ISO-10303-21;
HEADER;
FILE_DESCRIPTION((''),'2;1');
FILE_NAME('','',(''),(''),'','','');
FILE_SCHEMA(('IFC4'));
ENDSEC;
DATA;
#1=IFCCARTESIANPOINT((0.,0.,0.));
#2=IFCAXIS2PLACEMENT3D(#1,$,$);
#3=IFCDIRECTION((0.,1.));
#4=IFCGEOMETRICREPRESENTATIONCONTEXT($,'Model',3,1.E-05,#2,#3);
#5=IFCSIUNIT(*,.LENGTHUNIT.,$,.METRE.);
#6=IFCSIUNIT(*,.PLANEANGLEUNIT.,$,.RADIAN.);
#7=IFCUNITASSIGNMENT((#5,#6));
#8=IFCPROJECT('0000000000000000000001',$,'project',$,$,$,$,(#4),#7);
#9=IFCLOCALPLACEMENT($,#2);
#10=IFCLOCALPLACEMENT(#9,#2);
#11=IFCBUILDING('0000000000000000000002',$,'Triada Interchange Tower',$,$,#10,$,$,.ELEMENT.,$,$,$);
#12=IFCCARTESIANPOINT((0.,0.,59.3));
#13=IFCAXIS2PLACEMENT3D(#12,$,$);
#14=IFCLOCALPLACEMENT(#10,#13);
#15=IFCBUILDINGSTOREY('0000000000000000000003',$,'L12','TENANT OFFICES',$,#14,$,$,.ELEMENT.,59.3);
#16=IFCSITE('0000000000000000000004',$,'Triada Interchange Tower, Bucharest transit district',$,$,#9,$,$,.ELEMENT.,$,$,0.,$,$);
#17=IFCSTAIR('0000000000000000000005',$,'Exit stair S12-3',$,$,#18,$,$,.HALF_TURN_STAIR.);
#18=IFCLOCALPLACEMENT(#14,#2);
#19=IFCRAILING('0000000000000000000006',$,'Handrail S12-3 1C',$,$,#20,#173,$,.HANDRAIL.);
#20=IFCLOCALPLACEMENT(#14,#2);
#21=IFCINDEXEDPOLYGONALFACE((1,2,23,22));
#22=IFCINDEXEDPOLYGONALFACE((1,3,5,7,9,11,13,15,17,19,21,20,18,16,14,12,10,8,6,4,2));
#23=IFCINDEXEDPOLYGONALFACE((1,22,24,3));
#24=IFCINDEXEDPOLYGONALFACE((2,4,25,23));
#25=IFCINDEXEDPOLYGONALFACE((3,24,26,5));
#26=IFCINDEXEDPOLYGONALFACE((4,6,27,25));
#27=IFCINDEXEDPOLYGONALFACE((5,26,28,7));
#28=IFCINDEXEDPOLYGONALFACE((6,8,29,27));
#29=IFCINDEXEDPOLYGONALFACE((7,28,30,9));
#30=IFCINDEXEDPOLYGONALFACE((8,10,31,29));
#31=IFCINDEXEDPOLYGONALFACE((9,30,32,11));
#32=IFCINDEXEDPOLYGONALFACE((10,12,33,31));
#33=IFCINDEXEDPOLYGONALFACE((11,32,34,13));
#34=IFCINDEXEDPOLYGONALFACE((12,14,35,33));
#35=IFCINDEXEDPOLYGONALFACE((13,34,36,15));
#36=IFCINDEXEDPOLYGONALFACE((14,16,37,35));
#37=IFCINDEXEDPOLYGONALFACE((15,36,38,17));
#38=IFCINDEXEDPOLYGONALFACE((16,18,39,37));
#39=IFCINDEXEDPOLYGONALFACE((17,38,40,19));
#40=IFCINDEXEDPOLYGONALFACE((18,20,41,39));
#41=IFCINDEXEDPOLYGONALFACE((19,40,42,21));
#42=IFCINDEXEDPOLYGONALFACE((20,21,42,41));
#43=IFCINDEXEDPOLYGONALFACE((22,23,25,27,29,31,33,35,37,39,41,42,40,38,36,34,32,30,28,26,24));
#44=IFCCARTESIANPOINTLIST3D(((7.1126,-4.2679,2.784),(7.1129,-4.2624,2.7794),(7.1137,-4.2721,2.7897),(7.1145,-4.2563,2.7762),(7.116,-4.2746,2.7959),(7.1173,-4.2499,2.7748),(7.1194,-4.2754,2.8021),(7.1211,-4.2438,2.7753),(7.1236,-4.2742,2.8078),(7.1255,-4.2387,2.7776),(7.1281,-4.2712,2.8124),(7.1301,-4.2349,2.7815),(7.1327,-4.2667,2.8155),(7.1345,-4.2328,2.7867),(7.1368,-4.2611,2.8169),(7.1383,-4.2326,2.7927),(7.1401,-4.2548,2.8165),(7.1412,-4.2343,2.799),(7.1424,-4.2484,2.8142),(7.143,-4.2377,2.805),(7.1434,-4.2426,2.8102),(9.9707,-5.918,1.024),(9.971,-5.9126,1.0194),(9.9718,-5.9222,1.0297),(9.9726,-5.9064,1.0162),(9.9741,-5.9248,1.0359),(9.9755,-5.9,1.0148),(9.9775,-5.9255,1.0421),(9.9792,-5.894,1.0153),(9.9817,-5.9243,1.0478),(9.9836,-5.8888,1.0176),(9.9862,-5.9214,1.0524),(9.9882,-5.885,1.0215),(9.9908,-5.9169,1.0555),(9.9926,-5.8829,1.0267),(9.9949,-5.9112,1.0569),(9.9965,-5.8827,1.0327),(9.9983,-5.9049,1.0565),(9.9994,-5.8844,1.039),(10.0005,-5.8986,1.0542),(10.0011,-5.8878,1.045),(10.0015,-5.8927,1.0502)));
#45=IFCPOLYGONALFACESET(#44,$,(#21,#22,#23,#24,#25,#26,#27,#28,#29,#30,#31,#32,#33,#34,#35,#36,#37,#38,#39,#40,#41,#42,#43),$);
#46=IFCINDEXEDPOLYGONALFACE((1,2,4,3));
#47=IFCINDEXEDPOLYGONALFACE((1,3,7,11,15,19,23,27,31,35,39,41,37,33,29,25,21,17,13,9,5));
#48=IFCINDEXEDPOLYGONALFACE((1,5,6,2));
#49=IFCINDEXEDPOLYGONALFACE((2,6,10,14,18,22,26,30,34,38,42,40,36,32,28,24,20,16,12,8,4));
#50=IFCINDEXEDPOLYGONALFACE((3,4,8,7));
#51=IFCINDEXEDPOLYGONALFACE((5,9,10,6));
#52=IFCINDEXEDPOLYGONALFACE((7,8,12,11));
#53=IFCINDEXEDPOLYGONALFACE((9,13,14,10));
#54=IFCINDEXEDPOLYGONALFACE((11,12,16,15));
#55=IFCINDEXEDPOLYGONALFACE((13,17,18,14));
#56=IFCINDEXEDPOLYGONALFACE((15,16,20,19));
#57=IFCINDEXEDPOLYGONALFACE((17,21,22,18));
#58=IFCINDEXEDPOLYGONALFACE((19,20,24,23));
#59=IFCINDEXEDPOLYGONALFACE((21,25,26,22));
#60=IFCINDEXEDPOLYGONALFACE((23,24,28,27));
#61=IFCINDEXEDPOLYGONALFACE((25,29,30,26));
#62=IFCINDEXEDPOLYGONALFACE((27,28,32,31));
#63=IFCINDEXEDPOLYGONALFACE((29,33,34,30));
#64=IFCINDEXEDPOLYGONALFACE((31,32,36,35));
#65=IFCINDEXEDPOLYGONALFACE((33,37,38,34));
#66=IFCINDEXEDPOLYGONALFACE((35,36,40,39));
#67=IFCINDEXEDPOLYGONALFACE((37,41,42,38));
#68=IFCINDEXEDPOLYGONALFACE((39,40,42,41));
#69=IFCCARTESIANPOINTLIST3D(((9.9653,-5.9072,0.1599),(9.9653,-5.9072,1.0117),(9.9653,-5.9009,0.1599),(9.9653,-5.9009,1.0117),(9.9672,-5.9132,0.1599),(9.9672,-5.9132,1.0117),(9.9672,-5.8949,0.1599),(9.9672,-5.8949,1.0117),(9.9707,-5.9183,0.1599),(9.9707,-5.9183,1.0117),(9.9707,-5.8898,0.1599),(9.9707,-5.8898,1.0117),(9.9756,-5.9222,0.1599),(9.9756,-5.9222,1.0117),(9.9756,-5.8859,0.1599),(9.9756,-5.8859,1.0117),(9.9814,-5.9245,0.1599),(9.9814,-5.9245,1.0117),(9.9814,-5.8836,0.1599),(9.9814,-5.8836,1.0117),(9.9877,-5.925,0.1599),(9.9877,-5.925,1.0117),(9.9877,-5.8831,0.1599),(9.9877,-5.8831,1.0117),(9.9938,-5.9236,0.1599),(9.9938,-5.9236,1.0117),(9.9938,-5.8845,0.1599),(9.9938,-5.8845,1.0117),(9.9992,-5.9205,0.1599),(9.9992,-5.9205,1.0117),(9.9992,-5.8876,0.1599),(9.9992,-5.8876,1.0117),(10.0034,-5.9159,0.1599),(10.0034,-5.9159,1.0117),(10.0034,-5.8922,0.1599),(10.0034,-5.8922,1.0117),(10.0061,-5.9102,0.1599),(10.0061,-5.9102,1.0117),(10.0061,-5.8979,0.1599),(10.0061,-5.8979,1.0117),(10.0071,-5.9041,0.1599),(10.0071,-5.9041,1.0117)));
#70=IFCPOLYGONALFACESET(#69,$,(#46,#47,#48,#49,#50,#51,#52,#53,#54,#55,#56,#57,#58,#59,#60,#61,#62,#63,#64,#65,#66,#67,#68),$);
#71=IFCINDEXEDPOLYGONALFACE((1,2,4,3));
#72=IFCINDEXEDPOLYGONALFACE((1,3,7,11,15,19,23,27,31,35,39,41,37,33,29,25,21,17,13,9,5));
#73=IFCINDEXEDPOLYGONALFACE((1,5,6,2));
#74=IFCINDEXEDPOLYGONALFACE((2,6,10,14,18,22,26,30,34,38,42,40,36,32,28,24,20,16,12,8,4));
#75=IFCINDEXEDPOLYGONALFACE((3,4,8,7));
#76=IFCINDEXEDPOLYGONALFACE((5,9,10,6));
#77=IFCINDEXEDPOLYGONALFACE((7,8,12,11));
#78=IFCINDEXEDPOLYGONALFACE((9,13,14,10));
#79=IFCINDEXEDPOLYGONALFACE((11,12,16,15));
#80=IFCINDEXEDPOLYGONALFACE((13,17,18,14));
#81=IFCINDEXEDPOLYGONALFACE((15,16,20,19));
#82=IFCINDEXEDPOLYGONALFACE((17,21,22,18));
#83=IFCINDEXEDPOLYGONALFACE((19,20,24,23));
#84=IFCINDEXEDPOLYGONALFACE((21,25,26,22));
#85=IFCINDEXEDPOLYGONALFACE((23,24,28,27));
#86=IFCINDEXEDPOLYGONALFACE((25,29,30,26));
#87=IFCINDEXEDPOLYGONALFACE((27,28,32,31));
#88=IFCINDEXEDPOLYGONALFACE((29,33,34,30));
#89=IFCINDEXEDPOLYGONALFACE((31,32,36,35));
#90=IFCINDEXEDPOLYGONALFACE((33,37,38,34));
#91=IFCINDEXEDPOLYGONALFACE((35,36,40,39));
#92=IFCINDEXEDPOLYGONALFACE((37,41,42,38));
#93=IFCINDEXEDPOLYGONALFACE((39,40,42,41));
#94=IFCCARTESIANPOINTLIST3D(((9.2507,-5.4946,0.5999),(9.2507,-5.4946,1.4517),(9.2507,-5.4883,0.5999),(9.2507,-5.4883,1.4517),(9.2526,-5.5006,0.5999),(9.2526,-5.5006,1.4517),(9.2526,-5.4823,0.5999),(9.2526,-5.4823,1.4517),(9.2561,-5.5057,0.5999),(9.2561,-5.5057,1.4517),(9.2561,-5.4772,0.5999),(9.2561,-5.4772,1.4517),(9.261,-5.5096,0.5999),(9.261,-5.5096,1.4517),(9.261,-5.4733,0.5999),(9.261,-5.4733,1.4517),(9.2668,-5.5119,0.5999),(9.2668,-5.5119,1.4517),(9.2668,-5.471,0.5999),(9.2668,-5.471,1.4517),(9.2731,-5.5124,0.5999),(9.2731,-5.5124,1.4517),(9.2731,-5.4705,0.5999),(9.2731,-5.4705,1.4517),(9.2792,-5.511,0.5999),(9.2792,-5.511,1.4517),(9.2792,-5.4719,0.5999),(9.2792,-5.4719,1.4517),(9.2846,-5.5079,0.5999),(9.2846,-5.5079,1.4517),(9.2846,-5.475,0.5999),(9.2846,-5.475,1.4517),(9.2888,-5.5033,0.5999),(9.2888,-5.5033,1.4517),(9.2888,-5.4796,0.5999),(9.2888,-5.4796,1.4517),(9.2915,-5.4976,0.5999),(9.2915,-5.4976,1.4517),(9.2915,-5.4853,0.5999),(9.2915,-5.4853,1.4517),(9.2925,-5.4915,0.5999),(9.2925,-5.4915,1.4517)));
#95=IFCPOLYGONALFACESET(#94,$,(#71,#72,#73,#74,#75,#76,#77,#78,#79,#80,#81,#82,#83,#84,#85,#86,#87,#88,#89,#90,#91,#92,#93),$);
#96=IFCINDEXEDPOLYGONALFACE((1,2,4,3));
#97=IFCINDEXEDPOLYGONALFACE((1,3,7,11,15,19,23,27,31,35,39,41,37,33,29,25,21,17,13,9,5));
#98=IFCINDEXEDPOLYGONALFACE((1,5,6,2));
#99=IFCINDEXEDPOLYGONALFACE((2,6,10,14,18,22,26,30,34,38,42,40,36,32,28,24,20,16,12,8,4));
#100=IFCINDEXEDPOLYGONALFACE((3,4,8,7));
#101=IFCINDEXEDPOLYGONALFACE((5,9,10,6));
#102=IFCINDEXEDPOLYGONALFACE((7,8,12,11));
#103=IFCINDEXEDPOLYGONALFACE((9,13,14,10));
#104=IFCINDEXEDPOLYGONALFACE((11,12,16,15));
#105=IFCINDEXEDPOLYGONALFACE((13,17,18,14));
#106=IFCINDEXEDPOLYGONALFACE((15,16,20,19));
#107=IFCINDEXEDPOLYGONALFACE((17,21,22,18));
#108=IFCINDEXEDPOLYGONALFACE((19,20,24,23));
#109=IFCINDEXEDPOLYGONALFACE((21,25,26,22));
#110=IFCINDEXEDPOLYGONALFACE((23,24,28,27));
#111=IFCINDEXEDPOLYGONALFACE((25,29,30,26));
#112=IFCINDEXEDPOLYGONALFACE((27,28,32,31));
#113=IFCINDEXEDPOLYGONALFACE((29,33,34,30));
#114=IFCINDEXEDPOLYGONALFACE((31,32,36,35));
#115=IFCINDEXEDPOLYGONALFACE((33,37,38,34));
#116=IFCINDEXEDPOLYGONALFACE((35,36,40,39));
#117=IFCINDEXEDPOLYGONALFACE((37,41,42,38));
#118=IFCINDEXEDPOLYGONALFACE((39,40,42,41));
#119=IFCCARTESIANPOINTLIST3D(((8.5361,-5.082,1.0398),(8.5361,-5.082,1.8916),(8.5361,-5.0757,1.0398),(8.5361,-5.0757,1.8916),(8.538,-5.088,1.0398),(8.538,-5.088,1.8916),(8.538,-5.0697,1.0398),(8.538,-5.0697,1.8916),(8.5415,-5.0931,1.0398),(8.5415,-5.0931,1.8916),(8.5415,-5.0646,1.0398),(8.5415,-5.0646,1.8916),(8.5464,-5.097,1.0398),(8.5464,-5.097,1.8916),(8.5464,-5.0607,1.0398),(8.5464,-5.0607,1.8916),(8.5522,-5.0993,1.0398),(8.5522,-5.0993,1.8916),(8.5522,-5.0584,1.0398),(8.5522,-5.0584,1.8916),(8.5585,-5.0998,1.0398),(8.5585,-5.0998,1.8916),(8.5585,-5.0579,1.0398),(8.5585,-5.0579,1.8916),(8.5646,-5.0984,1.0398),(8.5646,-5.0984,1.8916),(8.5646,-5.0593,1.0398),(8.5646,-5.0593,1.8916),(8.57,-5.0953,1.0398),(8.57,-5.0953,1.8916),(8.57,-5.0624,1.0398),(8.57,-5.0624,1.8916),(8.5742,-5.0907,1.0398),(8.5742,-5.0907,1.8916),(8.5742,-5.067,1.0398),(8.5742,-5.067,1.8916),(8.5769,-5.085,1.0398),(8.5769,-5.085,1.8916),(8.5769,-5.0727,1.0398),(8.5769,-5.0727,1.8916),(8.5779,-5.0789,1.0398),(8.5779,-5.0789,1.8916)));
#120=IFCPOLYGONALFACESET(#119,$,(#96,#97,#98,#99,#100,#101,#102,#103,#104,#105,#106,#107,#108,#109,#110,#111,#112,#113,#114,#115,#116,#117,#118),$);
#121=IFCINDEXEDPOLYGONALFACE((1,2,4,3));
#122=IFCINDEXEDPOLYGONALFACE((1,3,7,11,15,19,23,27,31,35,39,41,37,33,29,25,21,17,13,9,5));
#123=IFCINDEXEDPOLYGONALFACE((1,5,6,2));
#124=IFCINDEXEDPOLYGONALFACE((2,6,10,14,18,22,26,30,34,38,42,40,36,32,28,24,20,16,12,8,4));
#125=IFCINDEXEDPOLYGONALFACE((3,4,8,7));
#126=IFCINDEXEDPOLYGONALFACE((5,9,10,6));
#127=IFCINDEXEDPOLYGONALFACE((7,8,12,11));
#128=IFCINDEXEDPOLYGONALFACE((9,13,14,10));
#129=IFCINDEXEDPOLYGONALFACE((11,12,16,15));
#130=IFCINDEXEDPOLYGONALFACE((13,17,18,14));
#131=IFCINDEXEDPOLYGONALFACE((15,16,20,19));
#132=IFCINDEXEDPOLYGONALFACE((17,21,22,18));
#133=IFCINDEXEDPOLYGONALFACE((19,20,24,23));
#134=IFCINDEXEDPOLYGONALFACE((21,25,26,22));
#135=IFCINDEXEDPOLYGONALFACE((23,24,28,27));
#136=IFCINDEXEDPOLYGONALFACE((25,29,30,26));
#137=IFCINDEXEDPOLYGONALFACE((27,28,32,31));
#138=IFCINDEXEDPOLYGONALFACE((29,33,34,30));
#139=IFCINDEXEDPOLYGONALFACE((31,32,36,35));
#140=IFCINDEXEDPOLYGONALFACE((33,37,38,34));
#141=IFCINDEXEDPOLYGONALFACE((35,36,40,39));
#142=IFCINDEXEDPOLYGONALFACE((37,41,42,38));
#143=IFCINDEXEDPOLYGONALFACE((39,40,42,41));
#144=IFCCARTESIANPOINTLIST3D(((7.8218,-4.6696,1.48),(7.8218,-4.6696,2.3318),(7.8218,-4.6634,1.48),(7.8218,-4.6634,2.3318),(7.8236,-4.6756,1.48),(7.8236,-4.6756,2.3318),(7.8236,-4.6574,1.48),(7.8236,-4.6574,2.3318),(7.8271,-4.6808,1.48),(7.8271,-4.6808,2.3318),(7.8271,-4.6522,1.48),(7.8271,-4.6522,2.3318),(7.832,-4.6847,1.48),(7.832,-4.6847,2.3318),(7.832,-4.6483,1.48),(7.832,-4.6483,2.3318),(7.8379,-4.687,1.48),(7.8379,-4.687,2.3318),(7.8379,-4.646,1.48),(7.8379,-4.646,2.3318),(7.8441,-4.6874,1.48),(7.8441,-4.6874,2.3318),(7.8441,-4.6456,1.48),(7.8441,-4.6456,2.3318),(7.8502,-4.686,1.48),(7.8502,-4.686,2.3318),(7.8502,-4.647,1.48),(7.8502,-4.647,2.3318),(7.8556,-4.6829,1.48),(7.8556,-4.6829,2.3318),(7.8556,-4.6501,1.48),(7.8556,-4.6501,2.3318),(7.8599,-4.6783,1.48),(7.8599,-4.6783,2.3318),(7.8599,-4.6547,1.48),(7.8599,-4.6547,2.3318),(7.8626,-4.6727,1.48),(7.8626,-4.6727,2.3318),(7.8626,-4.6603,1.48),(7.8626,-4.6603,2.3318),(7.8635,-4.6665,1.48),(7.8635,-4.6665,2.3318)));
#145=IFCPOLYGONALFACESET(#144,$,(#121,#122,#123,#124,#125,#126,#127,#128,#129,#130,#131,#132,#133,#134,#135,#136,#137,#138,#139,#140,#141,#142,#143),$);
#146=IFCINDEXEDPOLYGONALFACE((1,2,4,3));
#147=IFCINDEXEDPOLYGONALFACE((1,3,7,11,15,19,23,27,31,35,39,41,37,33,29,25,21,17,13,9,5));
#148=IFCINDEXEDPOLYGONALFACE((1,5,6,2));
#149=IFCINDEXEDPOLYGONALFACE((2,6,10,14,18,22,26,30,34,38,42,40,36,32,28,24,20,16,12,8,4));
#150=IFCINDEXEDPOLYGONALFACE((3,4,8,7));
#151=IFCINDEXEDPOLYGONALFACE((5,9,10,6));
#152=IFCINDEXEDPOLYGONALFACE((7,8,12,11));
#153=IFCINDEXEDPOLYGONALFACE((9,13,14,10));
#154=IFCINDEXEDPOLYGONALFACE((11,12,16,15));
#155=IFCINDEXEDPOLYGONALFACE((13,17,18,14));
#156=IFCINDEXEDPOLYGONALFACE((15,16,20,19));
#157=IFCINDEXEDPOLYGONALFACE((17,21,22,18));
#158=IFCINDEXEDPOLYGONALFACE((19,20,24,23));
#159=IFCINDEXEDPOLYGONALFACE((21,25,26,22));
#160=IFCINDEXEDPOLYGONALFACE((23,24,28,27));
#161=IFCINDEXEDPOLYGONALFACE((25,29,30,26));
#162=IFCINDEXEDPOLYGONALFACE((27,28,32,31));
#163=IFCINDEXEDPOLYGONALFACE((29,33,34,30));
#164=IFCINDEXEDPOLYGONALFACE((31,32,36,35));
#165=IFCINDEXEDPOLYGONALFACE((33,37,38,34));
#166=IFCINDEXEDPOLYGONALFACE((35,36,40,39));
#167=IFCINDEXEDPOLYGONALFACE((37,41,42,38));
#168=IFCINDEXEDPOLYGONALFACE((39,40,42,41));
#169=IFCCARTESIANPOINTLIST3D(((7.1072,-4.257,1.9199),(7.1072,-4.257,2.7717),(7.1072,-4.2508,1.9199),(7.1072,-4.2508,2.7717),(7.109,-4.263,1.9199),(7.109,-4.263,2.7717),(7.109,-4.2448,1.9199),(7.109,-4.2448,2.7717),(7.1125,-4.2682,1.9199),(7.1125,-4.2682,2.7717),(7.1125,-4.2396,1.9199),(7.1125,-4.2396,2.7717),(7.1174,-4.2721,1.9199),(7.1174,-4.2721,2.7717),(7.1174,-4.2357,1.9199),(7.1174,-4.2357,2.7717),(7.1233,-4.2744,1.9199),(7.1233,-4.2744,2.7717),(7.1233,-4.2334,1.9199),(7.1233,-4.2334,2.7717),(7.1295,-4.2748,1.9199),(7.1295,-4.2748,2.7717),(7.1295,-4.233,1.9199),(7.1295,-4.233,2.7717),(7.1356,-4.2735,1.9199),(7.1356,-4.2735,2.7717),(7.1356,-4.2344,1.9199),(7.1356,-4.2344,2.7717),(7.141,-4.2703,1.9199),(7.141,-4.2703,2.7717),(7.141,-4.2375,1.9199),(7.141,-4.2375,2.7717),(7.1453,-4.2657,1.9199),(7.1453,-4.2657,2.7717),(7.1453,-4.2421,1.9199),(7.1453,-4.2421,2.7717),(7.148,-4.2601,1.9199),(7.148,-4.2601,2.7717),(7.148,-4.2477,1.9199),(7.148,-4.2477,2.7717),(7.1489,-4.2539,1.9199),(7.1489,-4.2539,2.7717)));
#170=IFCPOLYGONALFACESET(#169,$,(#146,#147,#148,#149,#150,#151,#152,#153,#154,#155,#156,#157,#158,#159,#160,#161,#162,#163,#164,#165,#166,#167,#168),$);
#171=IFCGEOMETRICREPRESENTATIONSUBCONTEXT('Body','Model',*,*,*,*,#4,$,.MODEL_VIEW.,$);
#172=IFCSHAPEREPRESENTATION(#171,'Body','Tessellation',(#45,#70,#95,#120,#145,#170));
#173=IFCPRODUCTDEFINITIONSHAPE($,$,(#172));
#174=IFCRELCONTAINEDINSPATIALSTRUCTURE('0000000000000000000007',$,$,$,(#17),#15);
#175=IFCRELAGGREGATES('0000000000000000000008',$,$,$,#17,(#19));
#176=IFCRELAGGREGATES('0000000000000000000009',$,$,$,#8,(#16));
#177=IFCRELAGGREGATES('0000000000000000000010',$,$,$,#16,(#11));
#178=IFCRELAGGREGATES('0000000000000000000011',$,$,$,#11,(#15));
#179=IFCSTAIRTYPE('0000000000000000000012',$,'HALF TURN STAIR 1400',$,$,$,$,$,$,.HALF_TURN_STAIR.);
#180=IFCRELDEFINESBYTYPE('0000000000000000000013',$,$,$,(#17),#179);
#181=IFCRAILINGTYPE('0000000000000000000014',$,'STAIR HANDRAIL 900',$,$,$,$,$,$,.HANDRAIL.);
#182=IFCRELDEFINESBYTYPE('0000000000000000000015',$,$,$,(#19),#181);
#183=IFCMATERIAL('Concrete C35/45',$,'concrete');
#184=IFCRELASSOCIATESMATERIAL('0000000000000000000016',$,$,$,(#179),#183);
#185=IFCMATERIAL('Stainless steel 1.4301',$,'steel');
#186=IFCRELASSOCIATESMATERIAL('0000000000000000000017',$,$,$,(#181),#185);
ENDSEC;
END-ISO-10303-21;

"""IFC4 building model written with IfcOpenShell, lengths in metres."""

from ifc_helpers import new_model, si_unit, direction, frame, origin, origin_2d, place, context, subcontext, project, spatial, circle, extrude, material, type_object, element, aggregate, save


model = new_model("IFC4")

# Units and contexts
model_context = context("Model", 3, precision=1e-05, world=origin(), true_north=direction((0.0, 1.0)))
body_context = subcontext(model_context, "Body", "Model", "MODEL_VIEW")
ifc_project = project(units=[si_unit("LENGTHUNIT", "METRE"), si_unit("PLANEANGLEUNIT", "RADIAN")], contexts=[model_context])

# Site, building, storey
site_placement = place(None, origin())
site = spatial("IfcSite", under=ifc_project, at=site_placement, Name="Triada Interchange Tower, Bucharest transit district", CompositionType="ELEMENT", RefElevation=0.0)
building_placement = place(site_placement, origin())
building = spatial("IfcBuilding", under=site, at=building_placement, Name="Triada Interchange Tower", CompositionType="ELEMENT")
storey_placement = place(building_placement, frame((0.0, 0.0, 59.3)))
storey = spatial("IfcBuildingStorey", under=building, at=storey_placement, Name="L12", Description="TENANT OFFICES", CompositionType="ELEMENT", Elevation=59.3)

# Stair, railing
ifc_material_1 = material(Name="Concrete C35/45", Category="concrete")
stair_type = type_object("IfcStairType", Name="HALF TURN STAIR 1400", PredefinedType="HALF_TURN_STAIR", material=ifc_material_1)
stair_placement = place(storey_placement, origin())
stair = element("IfcStair", 1, at=stair_placement, inside=storey, type_object=stair_type, Name="Exit stair S12-3", PredefinedType="HALF_TURN_STAIR")
ifc_material_2 = material(Name="Stainless steel 1.4301", Category="steel")
railing_type = type_object("IfcRailingType", Name="STAIR HANDRAIL 900", PredefinedType="HANDRAIL", material=ifc_material_2)
railing_1_placement = place(storey_placement, frame((9.9861, -5.9041, 0.1599)))
railing_1 = element("IfcRailing", 2, at=railing_1_placement, type_object=railing_type, Name="Handrail S12-3 1C", PredefinedType="HANDRAIL", context=body_context, shape_type="SweptSolid", body=[
    extrude(circle(Radius=0.0239, at=origin_2d()), frame((0.0, 0.0, 0.876), z_axis=(-0.764156, 0.441183, 0.470556), x_axis=(-0.499998, -0.866027, 0.0)), (0.0, 0.0, 1.0), 3.7402),
    extrude(circle(Radius=0.021, at=origin_2d()), origin(), (0.0, 0.0, 1.0), 0.8518),
    extrude(circle(Radius=0.021, at=origin_2d()), frame((-0.7146, 0.4126, 0.4399)), (0.0, 0.0, 1.0), 0.8518),
    extrude(circle(Radius=0.021, at=origin_2d()), frame((-1.4292, 0.8252, 0.8799)), (0.0, 0.0, 1.0), 0.8518),
    extrude(circle(Radius=0.021, at=origin_2d()), frame((-2.1436, 1.2375, 1.3201)), (0.0, 0.0, 1.0), 0.8518),
    extrude(circle(Radius=0.021, at=origin_2d()), frame((-2.8582, 1.6501, 1.76)), (0.0, 0.0, 1.0), 0.8518),
])
aggregate(stair, [railing_1])

save(model, "model.ifc")
